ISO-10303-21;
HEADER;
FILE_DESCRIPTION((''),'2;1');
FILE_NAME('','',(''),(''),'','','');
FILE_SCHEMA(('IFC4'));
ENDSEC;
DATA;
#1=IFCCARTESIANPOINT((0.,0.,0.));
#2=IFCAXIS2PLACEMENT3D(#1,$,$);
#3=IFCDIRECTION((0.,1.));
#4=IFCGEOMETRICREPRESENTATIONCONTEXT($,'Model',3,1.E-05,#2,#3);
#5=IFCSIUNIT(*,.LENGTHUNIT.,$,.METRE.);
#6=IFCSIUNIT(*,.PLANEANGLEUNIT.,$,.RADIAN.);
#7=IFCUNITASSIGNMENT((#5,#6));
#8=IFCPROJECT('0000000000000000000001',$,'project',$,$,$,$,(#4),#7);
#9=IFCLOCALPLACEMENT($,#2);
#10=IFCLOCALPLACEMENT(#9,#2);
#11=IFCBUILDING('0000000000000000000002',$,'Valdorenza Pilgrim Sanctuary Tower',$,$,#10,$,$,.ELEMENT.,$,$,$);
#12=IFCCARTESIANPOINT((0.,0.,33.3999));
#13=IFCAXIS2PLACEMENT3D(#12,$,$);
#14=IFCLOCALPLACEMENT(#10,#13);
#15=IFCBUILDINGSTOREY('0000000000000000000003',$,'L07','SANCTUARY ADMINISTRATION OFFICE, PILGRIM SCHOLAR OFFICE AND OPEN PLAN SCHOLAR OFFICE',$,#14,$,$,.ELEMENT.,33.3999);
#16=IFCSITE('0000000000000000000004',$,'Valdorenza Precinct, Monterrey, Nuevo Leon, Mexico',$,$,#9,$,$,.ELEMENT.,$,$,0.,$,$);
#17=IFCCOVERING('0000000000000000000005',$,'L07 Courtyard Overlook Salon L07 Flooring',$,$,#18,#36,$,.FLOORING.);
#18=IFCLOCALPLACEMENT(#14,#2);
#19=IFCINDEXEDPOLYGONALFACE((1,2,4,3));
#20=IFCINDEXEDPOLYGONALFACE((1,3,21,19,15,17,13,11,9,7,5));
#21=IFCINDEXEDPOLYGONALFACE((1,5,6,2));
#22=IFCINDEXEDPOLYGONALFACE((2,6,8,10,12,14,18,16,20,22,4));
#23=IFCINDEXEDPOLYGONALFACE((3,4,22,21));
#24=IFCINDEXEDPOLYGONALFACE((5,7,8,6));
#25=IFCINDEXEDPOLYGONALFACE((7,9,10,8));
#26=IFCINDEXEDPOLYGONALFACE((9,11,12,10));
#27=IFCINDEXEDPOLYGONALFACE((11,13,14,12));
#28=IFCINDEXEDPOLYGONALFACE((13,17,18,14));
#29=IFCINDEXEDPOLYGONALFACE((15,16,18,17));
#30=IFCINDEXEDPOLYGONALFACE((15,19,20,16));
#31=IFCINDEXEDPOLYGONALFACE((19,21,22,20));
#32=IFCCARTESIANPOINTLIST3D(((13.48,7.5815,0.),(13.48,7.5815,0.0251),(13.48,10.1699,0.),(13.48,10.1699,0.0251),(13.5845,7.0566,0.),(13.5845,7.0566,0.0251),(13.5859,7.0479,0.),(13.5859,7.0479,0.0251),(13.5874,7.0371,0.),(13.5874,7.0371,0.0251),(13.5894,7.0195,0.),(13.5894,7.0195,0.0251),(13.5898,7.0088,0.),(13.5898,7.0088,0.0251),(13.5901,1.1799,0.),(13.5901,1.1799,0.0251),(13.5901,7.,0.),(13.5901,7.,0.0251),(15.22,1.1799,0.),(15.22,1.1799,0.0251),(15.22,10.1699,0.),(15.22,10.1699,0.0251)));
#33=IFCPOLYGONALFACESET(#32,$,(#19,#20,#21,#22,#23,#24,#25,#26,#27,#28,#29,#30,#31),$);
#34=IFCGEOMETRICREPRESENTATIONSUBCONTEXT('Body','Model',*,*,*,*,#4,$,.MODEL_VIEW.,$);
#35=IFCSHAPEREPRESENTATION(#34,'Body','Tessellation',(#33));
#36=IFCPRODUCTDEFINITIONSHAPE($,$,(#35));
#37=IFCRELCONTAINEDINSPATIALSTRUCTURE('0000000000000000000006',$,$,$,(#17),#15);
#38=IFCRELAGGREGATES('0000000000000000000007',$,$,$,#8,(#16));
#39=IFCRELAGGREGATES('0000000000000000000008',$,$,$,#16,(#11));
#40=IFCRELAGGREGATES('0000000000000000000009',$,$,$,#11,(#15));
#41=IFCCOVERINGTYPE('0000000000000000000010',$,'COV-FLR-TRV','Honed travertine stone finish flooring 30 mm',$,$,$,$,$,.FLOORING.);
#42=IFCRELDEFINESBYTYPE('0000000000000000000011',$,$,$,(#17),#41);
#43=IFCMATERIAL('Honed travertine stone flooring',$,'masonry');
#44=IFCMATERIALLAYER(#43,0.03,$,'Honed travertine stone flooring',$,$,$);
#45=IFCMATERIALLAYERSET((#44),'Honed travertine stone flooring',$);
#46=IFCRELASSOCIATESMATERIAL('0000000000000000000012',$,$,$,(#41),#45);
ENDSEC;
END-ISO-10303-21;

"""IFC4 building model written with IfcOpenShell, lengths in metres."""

from ifc_helpers import new_model, si_unit, direction, frame, origin, place, context, subcontext, project, spatial, polyline, outline, extrude, material, layer, layer_set, type_object, element, save


model = new_model("IFC4")

# Units and contexts
model_context = context("Model", 3, precision=1e-05, world=origin(), true_north=direction((0.0, 1.0)))
body_context = subcontext(model_context, "Body", "Model", "MODEL_VIEW")
ifc_project = project(units=[si_unit("LENGTHUNIT", "METRE"), si_unit("PLANEANGLEUNIT", "RADIAN")], contexts=[model_context])

# Site, building, storey
site_placement = place(None, origin())
site = spatial("IfcSite", under=ifc_project, at=site_placement, Name="Valdorenza Precinct, Monterrey, Nuevo Leon, Mexico", CompositionType="ELEMENT", RefElevation=0.0)
building_placement = place(site_placement, origin())
building = spatial("IfcBuilding", under=site, at=building_placement, Name="Valdorenza Pilgrim Sanctuary Tower", CompositionType="ELEMENT")
storey_placement = place(building_placement, frame((0.0, 0.0, 33.3999)))
storey = spatial("IfcBuildingStorey", under=building, at=storey_placement, Name="L07", Description="SANCTUARY ADMINISTRATION OFFICE, PILGRIM SCHOLAR OFFICE AND OPEN PLAN SCHOLAR OFFICE", CompositionType="ELEMENT", Elevation=33.3999)

# Covering
ifc_material_1 = material(Name="Honed travertine stone flooring", Category="masonry")
ifc_layer_1 = layer(ifc_material_1, 0.03, Name="Honed travertine stone flooring")
ifc_layer_set_1 = layer_set([ifc_layer_1], Name="Honed travertine stone flooring")
covering_type_1 = type_object("IfcCoveringType", Name="COV-FLR-TRV", Description="Honed travertine stone finish flooring 30 mm", PredefinedType="FLOORING", material=ifc_layer_set_1)
covering_1_placement = place(storey_placement, origin())
element("IfcCovering", 1, at=covering_1_placement, inside=storey, type_object=covering_type_1, Name="L07 Courtyard Overlook Salon L07 Flooring", PredefinedType="FLOORING", context=body_context, shape_type="SweptSolid", body=[
    extrude(outline(polyline([(15.22, 10.1699), (15.22, 1.1799), (13.5901, 1.1799), (13.5901, 7.0), (13.5898, 7.0088), (13.5894, 7.0195), (13.5874, 7.0371), (13.5859, 7.0479), (13.5845, 7.0566), (13.48, 7.5815), (13.48, 10.1699), (15.22, 10.1699)])), origin(), (0.0, 0.0, 1.0), 0.0251),
])

save(model, "model.ifc")
